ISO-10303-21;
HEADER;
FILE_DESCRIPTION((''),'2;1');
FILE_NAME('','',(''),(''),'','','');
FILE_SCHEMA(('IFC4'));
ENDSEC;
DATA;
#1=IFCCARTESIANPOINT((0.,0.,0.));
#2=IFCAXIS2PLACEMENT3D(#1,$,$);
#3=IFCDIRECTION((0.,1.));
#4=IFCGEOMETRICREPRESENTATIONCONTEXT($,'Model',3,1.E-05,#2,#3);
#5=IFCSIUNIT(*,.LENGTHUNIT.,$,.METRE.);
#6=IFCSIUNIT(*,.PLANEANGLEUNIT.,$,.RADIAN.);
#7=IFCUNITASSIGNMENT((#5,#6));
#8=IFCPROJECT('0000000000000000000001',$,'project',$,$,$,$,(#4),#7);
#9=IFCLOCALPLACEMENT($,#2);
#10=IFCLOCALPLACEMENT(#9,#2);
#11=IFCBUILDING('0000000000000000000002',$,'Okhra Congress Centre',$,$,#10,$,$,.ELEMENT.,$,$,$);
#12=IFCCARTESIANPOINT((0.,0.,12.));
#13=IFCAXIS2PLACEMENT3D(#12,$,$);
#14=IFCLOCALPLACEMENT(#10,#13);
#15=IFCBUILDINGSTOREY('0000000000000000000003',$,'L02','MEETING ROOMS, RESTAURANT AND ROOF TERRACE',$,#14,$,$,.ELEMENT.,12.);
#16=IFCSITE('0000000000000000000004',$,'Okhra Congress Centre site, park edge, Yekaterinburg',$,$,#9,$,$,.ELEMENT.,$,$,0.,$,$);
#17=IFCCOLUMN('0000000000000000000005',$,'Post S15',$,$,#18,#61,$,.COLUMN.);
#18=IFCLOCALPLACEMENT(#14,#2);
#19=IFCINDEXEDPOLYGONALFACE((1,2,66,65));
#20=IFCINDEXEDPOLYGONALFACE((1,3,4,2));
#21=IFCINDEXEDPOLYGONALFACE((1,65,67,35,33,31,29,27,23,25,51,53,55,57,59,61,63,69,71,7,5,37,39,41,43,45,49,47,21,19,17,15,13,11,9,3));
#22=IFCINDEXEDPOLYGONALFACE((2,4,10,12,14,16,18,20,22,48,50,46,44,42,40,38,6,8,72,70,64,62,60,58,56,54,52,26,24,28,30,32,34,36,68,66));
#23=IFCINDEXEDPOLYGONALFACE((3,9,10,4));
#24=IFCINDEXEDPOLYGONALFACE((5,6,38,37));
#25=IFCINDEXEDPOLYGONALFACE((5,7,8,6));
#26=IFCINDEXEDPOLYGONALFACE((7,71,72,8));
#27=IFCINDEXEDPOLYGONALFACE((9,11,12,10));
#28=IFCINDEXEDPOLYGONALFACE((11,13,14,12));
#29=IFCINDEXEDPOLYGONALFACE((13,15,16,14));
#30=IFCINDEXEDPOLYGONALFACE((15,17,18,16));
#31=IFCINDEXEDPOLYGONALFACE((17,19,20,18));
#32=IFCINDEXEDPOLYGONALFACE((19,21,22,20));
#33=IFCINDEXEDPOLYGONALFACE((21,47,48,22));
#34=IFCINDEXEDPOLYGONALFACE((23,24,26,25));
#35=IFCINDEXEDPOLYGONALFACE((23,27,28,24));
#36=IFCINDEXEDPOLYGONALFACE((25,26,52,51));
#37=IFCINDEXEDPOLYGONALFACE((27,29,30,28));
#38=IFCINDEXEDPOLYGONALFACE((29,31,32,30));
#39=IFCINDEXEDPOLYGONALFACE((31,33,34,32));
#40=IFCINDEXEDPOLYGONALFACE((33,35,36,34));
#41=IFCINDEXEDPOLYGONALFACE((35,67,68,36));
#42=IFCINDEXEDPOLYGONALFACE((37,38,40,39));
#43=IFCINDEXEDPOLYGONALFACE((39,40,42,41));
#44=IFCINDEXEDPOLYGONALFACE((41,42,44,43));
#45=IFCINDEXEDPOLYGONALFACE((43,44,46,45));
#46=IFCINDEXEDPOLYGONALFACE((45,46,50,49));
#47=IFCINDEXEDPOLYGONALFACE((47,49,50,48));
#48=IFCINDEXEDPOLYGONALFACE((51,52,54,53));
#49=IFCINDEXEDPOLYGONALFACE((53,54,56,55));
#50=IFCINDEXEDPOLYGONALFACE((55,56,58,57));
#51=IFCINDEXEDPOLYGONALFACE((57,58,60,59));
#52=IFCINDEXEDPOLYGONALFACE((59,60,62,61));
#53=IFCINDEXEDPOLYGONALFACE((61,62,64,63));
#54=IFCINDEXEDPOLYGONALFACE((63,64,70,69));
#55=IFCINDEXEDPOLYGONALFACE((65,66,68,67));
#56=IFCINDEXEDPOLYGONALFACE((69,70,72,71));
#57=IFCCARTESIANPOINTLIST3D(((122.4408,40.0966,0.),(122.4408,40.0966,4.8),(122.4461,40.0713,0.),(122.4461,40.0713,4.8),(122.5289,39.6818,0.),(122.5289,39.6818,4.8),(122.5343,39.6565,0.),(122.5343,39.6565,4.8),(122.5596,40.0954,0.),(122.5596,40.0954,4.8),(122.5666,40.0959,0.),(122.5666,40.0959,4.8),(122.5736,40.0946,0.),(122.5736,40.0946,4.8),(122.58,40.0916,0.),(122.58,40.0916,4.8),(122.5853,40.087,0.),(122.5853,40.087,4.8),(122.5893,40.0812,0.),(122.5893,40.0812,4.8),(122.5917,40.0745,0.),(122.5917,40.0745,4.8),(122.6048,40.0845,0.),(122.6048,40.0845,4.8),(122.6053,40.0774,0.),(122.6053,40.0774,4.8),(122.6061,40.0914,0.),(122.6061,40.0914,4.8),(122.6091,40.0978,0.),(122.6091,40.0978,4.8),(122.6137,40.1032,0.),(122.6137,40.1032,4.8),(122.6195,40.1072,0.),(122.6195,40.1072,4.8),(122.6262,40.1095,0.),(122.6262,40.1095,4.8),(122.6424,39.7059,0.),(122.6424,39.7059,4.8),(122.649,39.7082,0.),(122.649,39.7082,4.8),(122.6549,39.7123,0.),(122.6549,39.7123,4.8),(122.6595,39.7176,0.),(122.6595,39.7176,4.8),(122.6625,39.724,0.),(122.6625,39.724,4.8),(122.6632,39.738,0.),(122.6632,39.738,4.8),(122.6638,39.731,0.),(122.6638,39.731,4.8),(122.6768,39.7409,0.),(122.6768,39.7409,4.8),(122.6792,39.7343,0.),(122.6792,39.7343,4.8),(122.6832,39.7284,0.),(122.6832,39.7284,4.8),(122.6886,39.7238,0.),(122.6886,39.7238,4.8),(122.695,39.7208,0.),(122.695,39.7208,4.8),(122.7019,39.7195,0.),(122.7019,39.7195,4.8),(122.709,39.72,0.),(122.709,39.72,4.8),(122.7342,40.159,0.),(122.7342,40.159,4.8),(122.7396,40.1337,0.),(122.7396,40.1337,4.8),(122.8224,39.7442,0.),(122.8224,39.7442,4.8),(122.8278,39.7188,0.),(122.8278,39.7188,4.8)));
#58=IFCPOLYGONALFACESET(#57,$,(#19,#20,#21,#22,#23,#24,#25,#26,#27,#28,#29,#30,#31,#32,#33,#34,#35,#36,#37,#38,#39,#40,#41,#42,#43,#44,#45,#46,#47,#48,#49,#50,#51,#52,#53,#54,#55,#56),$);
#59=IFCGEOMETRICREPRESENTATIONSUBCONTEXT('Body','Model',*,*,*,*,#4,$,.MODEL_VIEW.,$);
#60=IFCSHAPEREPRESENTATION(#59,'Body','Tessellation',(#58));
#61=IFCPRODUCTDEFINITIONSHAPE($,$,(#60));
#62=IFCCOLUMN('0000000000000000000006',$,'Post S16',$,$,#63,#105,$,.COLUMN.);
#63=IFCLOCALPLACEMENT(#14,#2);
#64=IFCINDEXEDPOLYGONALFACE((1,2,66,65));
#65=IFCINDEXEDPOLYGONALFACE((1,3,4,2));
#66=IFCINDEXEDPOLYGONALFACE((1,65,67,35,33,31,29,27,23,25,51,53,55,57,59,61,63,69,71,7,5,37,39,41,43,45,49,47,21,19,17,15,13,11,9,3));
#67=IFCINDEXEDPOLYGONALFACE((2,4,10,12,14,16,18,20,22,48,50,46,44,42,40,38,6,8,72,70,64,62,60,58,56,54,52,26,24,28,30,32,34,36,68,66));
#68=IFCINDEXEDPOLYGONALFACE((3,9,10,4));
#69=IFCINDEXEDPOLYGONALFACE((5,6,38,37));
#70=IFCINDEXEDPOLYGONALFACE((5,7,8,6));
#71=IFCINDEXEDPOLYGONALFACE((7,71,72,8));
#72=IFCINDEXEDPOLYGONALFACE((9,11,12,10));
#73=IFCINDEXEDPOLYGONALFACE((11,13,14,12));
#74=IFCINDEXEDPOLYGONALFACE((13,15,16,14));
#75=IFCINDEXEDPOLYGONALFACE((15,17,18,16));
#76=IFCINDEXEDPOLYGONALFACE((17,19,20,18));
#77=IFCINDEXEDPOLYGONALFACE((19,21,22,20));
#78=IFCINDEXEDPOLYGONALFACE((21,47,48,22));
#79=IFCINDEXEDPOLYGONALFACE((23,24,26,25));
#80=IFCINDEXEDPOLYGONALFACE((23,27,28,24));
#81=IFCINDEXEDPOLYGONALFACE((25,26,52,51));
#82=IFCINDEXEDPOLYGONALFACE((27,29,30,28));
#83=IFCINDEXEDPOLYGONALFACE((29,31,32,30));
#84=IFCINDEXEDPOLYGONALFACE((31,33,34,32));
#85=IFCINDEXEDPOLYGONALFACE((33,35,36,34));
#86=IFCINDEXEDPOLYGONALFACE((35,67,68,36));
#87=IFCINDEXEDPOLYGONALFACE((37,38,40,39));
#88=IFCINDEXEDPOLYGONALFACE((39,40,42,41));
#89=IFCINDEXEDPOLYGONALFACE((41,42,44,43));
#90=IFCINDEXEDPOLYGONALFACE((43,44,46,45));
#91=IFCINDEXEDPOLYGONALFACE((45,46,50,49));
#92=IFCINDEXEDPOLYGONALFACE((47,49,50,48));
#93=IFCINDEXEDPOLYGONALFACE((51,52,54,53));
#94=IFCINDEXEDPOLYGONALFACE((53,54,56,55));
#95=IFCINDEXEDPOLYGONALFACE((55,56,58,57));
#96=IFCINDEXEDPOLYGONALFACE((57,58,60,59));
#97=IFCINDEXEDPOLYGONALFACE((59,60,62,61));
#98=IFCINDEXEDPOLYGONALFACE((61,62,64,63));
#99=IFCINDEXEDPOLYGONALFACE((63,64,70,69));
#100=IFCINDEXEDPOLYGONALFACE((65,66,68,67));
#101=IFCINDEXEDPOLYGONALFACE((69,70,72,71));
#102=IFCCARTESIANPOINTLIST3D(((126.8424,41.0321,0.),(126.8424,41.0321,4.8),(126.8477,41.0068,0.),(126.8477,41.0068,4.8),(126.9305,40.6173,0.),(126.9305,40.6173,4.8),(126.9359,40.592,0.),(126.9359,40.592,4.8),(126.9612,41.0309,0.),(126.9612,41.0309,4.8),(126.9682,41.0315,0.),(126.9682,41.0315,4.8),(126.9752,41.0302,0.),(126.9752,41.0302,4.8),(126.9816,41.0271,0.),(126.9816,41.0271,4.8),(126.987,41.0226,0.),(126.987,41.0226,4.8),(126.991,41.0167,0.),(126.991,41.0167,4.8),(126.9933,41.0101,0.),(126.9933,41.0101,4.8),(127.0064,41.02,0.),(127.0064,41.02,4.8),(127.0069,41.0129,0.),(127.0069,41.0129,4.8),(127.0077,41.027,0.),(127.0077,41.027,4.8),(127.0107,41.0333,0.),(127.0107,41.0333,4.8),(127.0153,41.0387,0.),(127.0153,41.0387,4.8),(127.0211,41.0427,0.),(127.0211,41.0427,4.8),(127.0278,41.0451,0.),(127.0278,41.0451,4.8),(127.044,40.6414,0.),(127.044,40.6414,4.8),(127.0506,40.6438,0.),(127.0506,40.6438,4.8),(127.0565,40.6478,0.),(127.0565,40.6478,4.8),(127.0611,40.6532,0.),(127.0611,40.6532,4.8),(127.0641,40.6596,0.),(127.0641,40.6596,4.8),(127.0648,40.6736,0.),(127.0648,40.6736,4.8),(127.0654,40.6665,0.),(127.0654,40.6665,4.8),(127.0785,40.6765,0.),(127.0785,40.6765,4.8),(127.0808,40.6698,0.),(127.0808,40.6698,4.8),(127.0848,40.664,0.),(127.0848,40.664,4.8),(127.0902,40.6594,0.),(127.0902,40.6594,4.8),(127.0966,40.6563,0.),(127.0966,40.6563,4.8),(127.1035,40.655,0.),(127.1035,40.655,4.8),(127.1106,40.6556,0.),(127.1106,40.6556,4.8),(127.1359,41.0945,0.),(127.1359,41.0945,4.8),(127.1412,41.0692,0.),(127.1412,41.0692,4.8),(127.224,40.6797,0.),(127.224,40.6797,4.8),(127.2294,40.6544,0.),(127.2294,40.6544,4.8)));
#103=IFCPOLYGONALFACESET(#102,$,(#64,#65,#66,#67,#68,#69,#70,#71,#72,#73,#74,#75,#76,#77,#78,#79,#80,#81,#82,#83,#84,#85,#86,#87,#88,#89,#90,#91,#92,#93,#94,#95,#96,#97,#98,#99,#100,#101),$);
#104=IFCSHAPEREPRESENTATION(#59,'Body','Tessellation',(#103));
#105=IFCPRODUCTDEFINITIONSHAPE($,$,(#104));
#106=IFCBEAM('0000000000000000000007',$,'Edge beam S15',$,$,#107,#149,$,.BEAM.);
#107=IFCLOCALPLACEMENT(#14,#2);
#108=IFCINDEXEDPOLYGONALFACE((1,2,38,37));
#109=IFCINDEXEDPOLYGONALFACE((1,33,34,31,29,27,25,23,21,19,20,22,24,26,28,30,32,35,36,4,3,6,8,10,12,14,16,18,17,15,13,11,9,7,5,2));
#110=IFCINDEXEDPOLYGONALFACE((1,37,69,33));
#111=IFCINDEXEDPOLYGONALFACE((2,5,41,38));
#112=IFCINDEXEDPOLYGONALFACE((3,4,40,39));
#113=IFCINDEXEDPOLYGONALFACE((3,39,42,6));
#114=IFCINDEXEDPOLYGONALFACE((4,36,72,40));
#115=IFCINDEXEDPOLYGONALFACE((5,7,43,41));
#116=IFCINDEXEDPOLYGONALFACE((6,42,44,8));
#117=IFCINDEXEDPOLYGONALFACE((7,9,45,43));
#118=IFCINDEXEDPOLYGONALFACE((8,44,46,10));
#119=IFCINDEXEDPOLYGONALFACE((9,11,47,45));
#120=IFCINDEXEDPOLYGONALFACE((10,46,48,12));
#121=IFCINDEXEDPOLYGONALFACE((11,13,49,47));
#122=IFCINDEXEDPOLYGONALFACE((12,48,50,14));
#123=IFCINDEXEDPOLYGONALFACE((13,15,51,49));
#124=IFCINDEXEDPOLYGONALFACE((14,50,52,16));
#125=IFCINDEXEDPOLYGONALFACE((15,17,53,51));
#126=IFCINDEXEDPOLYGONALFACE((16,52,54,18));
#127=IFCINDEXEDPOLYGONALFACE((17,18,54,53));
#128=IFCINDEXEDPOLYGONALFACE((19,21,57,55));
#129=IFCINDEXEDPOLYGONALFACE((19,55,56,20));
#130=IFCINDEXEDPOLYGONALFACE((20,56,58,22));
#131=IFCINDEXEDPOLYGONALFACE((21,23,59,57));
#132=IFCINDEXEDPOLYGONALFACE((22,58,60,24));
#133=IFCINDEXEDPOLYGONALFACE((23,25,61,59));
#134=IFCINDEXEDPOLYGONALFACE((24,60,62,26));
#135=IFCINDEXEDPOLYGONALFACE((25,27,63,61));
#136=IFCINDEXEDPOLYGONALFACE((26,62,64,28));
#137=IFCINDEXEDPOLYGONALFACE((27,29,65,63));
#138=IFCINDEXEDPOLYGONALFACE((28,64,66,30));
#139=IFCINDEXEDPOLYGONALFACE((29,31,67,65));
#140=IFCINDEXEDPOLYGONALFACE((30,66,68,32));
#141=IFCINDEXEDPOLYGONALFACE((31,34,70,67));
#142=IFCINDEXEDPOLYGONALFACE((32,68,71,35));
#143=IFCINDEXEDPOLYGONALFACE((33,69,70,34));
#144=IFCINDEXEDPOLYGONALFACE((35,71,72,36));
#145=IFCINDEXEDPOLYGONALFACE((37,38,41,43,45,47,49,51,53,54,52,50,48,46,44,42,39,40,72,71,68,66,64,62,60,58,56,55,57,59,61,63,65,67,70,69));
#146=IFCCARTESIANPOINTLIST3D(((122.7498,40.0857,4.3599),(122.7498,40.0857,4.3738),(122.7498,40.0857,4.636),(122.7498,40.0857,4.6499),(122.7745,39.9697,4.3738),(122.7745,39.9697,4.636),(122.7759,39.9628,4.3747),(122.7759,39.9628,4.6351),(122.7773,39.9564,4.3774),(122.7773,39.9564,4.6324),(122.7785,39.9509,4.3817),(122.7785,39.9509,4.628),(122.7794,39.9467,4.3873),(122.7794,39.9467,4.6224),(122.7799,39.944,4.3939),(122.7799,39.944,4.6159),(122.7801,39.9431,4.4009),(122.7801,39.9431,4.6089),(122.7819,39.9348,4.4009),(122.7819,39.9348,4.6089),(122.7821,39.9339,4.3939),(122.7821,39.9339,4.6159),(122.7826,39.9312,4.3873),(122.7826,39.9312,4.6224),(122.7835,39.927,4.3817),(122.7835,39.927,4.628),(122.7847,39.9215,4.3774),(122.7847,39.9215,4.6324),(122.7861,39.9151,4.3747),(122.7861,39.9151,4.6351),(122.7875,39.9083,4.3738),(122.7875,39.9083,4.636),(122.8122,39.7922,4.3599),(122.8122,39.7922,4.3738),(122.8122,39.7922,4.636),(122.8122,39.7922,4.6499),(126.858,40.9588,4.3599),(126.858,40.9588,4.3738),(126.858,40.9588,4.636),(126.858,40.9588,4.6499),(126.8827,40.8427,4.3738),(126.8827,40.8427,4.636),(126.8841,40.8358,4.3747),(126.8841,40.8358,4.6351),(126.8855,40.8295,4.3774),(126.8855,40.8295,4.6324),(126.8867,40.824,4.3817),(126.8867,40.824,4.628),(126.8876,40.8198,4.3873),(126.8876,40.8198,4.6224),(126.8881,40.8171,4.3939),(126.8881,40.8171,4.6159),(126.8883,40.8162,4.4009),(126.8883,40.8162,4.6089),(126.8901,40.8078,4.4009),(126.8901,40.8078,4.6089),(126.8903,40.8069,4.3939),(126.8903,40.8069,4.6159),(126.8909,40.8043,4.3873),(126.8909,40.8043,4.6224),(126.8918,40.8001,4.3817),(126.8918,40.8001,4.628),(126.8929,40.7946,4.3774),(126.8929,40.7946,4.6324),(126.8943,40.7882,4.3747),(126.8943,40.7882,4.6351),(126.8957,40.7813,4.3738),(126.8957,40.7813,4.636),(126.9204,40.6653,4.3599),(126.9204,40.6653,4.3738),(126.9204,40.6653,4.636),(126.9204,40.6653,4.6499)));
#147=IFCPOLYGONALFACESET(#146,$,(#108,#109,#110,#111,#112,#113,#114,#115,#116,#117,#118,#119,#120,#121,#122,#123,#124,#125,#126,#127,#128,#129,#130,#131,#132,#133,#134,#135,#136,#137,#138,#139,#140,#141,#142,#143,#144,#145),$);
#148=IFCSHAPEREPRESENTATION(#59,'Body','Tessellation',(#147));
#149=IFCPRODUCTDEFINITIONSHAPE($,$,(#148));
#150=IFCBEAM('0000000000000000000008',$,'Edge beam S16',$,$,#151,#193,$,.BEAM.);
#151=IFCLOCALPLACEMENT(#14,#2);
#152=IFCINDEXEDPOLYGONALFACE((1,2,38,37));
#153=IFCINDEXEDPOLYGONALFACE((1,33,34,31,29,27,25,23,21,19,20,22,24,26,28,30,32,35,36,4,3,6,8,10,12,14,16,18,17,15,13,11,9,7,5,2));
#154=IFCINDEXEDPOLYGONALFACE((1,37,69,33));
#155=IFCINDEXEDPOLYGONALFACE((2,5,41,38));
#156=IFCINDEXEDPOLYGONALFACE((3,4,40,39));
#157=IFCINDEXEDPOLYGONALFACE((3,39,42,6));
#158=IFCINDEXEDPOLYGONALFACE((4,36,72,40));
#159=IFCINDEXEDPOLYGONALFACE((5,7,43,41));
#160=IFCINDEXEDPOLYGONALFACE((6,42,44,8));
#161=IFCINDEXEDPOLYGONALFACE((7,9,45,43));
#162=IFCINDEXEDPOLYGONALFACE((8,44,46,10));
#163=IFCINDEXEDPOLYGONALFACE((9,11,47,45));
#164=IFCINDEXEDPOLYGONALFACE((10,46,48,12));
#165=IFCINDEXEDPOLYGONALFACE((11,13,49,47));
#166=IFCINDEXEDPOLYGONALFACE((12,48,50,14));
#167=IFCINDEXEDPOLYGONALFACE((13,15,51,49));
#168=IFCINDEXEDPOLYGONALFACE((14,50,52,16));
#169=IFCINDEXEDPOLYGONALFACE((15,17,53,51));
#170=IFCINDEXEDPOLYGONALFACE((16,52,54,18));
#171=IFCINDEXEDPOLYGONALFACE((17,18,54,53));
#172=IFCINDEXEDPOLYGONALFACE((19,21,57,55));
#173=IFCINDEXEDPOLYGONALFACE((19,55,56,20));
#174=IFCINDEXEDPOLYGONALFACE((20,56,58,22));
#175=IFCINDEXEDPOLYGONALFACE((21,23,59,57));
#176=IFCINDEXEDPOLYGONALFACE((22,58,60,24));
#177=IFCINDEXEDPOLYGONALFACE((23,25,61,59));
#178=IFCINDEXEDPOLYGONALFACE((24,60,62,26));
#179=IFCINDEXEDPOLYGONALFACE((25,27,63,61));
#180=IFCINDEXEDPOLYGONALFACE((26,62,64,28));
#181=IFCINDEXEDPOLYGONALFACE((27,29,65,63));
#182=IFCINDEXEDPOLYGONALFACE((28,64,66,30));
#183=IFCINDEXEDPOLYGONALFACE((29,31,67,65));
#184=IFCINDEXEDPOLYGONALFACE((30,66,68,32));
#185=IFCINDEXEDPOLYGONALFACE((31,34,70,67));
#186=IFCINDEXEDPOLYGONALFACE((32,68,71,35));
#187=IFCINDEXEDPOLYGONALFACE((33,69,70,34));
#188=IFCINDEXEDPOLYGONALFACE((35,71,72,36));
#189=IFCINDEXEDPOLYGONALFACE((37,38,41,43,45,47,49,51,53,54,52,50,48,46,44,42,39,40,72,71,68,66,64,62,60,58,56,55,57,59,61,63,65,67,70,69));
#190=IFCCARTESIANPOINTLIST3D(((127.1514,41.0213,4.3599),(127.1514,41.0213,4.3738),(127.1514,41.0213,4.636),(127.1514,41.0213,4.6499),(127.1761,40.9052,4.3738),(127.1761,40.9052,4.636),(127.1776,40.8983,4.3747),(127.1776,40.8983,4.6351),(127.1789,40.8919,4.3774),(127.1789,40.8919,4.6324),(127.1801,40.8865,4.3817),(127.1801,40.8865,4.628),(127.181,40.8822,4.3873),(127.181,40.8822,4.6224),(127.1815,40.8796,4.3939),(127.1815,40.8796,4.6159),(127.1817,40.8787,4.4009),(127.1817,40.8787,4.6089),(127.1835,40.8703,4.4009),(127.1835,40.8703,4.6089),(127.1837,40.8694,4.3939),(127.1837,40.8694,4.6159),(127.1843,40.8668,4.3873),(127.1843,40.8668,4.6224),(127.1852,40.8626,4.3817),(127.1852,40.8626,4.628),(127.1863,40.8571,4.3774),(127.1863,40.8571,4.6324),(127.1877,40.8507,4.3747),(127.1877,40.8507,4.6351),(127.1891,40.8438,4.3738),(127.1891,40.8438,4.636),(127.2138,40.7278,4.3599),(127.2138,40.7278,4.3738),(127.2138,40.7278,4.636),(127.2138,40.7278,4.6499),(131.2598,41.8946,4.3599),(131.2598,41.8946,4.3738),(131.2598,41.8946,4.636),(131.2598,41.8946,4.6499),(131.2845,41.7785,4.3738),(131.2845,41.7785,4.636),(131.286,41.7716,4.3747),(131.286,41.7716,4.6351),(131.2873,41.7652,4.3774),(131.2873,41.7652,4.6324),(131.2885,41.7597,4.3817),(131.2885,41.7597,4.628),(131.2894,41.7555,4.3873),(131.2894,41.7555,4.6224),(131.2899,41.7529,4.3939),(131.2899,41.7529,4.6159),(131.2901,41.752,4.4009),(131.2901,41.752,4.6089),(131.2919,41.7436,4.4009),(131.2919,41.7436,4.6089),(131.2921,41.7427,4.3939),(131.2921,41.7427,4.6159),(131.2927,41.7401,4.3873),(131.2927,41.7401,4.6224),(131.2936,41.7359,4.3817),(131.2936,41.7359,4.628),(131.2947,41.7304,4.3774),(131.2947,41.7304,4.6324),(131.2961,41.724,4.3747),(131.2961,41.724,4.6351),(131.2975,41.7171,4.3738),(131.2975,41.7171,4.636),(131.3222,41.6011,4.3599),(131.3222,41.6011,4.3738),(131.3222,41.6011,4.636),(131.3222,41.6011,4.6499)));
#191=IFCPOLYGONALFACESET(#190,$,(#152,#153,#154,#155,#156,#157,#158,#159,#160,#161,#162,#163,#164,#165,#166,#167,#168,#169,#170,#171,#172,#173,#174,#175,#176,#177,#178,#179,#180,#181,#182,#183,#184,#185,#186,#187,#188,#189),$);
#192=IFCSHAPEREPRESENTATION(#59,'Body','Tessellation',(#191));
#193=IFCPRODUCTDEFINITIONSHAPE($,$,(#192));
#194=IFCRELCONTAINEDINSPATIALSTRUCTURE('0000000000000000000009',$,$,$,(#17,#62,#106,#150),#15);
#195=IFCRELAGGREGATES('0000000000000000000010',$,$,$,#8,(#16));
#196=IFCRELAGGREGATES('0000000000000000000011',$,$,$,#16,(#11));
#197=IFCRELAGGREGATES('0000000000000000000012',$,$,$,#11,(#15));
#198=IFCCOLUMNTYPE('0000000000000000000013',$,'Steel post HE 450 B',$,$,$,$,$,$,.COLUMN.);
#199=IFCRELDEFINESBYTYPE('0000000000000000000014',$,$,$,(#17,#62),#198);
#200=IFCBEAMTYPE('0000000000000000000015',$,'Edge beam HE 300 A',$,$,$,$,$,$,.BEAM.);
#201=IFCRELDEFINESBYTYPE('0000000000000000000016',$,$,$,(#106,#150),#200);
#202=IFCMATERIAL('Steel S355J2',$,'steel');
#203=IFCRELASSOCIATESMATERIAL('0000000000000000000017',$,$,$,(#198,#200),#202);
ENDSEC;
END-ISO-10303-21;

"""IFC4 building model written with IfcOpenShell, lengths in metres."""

from ifc_helpers import new_model, si_unit, direction, frame, origin, origin_2d, place, context, subcontext, project, spatial, i_section, extrude, material, material_profile, profile_set, type_object, element, save


model = new_model("IFC4")

# Units and contexts
model_context = context("Model", 3, precision=1e-05, world=origin(), true_north=direction((0.0, 1.0)))
body_context = subcontext(model_context, "Body", "Model", "MODEL_VIEW")
ifc_project = project(units=[si_unit("LENGTHUNIT", "METRE"), si_unit("PLANEANGLEUNIT", "RADIAN")], contexts=[model_context])

# Site, building, storey
site_placement = place(None, origin())
site = spatial("IfcSite", under=ifc_project, at=site_placement, Name="Okhra Congress Centre site, park edge, Yekaterinburg", CompositionType="ELEMENT", RefElevation=0.0)
building_placement = place(site_placement, origin())
building = spatial("IfcBuilding", under=site, at=building_placement, Name="Okhra Congress Centre", CompositionType="ELEMENT")
storey_placement = place(building_placement, frame((0.0, 0.0, 12.0)))
storey = spatial("IfcBuildingStorey", under=building, at=storey_placement, Name="L02", Description="MEETING ROOMS, RESTAURANT AND ROOF TERRACE", CompositionType="ELEMENT", Elevation=12.0)

# Columns
ifc_material_1 = material(Name="Steel S355J2", Category="steel")
ifc_material_profile_1 = material_profile(ifc_material_1, i_section(OverallWidth=0.3, OverallDepth=0.45, WebThickness=0.0139, FlangeThickness=0.0259, FilletRadius=0.0271, at=origin_2d()), Name="HE 450 B")
ifc_profile_set_1 = profile_set([ifc_material_profile_1], Name="Steel S355J2")
column_type = type_object("IfcColumnType", Name="Steel post HE 450 B", PredefinedType="COLUMN", material=ifc_profile_set_1)
for number, where, z_axis, x_axis, name in (
    (1, (122.6343, 39.9077, 0.0), (0.0, 0.0, 1.0), (0.978148, 0.207912, 0.0), "Post S15"),
    (2, (127.0359, 40.8433, 0.0), (0.0, 0.0, 1.0), (0.978148, 0.207912, 0.0), "Post S16"),
):
    element("IfcColumn", number, at=place(storey_placement, frame(where, z_axis=z_axis, x_axis=x_axis)), inside=storey, type_object=column_type, Name=name, PredefinedType="COLUMN", context=body_context, shape_type="SweptSolid", body=[
        extrude(i_section(OverallWidth=0.3, OverallDepth=0.45, WebThickness=0.0139, FlangeThickness=0.0259, FilletRadius=0.0271, at=origin_2d()), origin(), (0.0, 0.0, 1.0), 4.8),
    ])

# Beams
ifc_material_profile_2 = material_profile(ifc_material_1, i_section(OverallWidth=0.3, OverallDepth=0.29, WebThickness=0.0085, FlangeThickness=0.0139, FilletRadius=0.0271, at=origin_2d()), Name="HE 300 A")
ifc_profile_set_2 = profile_set([ifc_material_profile_2], Name="Steel S355J2")
beam_type_1 = type_object("IfcBeamType", Name="Edge beam HE 300 A", PredefinedType="BEAM", material=ifc_profile_set_2)
beam_1_placement = place(storey_placement, frame((122.781, 39.939, 4.5049), z_axis=(0.978156, 0.207873, 0.0), x_axis=(-0.207873, 0.978156, 0.0)))
element("IfcBeam", 3, at=beam_1_placement, inside=storey, type_object=beam_type_1, Name="Edge beam S15", PredefinedType="BEAM", context=body_context, shape_type="SweptSolid", body=[
    extrude(i_section(OverallWidth=0.3, OverallDepth=0.29, WebThickness=0.0085, FlangeThickness=0.0139, FilletRadius=0.0271, at=origin_2d()), origin(), (0.0, 0.0, 1.0), 4.2),
])
beam_2_placement = place(storey_placement, frame((127.1826, 40.8745, 4.5049), z_axis=(0.978146, 0.207917, 0.0), x_axis=(-0.207917, 0.978146, 0.0)))
element("IfcBeam", 4, at=beam_2_placement, inside=storey, type_object=beam_type_1, Name="Edge beam S16", PredefinedType="BEAM", context=body_context, shape_type="SweptSolid", body=[
    extrude(i_section(OverallWidth=0.3, OverallDepth=0.29, WebThickness=0.0085, FlangeThickness=0.0139, FilletRadius=0.0271, at=origin_2d()), origin(), (0.0, 0.0, 1.0), 4.2002),
])

save(model, "model.ifc")
